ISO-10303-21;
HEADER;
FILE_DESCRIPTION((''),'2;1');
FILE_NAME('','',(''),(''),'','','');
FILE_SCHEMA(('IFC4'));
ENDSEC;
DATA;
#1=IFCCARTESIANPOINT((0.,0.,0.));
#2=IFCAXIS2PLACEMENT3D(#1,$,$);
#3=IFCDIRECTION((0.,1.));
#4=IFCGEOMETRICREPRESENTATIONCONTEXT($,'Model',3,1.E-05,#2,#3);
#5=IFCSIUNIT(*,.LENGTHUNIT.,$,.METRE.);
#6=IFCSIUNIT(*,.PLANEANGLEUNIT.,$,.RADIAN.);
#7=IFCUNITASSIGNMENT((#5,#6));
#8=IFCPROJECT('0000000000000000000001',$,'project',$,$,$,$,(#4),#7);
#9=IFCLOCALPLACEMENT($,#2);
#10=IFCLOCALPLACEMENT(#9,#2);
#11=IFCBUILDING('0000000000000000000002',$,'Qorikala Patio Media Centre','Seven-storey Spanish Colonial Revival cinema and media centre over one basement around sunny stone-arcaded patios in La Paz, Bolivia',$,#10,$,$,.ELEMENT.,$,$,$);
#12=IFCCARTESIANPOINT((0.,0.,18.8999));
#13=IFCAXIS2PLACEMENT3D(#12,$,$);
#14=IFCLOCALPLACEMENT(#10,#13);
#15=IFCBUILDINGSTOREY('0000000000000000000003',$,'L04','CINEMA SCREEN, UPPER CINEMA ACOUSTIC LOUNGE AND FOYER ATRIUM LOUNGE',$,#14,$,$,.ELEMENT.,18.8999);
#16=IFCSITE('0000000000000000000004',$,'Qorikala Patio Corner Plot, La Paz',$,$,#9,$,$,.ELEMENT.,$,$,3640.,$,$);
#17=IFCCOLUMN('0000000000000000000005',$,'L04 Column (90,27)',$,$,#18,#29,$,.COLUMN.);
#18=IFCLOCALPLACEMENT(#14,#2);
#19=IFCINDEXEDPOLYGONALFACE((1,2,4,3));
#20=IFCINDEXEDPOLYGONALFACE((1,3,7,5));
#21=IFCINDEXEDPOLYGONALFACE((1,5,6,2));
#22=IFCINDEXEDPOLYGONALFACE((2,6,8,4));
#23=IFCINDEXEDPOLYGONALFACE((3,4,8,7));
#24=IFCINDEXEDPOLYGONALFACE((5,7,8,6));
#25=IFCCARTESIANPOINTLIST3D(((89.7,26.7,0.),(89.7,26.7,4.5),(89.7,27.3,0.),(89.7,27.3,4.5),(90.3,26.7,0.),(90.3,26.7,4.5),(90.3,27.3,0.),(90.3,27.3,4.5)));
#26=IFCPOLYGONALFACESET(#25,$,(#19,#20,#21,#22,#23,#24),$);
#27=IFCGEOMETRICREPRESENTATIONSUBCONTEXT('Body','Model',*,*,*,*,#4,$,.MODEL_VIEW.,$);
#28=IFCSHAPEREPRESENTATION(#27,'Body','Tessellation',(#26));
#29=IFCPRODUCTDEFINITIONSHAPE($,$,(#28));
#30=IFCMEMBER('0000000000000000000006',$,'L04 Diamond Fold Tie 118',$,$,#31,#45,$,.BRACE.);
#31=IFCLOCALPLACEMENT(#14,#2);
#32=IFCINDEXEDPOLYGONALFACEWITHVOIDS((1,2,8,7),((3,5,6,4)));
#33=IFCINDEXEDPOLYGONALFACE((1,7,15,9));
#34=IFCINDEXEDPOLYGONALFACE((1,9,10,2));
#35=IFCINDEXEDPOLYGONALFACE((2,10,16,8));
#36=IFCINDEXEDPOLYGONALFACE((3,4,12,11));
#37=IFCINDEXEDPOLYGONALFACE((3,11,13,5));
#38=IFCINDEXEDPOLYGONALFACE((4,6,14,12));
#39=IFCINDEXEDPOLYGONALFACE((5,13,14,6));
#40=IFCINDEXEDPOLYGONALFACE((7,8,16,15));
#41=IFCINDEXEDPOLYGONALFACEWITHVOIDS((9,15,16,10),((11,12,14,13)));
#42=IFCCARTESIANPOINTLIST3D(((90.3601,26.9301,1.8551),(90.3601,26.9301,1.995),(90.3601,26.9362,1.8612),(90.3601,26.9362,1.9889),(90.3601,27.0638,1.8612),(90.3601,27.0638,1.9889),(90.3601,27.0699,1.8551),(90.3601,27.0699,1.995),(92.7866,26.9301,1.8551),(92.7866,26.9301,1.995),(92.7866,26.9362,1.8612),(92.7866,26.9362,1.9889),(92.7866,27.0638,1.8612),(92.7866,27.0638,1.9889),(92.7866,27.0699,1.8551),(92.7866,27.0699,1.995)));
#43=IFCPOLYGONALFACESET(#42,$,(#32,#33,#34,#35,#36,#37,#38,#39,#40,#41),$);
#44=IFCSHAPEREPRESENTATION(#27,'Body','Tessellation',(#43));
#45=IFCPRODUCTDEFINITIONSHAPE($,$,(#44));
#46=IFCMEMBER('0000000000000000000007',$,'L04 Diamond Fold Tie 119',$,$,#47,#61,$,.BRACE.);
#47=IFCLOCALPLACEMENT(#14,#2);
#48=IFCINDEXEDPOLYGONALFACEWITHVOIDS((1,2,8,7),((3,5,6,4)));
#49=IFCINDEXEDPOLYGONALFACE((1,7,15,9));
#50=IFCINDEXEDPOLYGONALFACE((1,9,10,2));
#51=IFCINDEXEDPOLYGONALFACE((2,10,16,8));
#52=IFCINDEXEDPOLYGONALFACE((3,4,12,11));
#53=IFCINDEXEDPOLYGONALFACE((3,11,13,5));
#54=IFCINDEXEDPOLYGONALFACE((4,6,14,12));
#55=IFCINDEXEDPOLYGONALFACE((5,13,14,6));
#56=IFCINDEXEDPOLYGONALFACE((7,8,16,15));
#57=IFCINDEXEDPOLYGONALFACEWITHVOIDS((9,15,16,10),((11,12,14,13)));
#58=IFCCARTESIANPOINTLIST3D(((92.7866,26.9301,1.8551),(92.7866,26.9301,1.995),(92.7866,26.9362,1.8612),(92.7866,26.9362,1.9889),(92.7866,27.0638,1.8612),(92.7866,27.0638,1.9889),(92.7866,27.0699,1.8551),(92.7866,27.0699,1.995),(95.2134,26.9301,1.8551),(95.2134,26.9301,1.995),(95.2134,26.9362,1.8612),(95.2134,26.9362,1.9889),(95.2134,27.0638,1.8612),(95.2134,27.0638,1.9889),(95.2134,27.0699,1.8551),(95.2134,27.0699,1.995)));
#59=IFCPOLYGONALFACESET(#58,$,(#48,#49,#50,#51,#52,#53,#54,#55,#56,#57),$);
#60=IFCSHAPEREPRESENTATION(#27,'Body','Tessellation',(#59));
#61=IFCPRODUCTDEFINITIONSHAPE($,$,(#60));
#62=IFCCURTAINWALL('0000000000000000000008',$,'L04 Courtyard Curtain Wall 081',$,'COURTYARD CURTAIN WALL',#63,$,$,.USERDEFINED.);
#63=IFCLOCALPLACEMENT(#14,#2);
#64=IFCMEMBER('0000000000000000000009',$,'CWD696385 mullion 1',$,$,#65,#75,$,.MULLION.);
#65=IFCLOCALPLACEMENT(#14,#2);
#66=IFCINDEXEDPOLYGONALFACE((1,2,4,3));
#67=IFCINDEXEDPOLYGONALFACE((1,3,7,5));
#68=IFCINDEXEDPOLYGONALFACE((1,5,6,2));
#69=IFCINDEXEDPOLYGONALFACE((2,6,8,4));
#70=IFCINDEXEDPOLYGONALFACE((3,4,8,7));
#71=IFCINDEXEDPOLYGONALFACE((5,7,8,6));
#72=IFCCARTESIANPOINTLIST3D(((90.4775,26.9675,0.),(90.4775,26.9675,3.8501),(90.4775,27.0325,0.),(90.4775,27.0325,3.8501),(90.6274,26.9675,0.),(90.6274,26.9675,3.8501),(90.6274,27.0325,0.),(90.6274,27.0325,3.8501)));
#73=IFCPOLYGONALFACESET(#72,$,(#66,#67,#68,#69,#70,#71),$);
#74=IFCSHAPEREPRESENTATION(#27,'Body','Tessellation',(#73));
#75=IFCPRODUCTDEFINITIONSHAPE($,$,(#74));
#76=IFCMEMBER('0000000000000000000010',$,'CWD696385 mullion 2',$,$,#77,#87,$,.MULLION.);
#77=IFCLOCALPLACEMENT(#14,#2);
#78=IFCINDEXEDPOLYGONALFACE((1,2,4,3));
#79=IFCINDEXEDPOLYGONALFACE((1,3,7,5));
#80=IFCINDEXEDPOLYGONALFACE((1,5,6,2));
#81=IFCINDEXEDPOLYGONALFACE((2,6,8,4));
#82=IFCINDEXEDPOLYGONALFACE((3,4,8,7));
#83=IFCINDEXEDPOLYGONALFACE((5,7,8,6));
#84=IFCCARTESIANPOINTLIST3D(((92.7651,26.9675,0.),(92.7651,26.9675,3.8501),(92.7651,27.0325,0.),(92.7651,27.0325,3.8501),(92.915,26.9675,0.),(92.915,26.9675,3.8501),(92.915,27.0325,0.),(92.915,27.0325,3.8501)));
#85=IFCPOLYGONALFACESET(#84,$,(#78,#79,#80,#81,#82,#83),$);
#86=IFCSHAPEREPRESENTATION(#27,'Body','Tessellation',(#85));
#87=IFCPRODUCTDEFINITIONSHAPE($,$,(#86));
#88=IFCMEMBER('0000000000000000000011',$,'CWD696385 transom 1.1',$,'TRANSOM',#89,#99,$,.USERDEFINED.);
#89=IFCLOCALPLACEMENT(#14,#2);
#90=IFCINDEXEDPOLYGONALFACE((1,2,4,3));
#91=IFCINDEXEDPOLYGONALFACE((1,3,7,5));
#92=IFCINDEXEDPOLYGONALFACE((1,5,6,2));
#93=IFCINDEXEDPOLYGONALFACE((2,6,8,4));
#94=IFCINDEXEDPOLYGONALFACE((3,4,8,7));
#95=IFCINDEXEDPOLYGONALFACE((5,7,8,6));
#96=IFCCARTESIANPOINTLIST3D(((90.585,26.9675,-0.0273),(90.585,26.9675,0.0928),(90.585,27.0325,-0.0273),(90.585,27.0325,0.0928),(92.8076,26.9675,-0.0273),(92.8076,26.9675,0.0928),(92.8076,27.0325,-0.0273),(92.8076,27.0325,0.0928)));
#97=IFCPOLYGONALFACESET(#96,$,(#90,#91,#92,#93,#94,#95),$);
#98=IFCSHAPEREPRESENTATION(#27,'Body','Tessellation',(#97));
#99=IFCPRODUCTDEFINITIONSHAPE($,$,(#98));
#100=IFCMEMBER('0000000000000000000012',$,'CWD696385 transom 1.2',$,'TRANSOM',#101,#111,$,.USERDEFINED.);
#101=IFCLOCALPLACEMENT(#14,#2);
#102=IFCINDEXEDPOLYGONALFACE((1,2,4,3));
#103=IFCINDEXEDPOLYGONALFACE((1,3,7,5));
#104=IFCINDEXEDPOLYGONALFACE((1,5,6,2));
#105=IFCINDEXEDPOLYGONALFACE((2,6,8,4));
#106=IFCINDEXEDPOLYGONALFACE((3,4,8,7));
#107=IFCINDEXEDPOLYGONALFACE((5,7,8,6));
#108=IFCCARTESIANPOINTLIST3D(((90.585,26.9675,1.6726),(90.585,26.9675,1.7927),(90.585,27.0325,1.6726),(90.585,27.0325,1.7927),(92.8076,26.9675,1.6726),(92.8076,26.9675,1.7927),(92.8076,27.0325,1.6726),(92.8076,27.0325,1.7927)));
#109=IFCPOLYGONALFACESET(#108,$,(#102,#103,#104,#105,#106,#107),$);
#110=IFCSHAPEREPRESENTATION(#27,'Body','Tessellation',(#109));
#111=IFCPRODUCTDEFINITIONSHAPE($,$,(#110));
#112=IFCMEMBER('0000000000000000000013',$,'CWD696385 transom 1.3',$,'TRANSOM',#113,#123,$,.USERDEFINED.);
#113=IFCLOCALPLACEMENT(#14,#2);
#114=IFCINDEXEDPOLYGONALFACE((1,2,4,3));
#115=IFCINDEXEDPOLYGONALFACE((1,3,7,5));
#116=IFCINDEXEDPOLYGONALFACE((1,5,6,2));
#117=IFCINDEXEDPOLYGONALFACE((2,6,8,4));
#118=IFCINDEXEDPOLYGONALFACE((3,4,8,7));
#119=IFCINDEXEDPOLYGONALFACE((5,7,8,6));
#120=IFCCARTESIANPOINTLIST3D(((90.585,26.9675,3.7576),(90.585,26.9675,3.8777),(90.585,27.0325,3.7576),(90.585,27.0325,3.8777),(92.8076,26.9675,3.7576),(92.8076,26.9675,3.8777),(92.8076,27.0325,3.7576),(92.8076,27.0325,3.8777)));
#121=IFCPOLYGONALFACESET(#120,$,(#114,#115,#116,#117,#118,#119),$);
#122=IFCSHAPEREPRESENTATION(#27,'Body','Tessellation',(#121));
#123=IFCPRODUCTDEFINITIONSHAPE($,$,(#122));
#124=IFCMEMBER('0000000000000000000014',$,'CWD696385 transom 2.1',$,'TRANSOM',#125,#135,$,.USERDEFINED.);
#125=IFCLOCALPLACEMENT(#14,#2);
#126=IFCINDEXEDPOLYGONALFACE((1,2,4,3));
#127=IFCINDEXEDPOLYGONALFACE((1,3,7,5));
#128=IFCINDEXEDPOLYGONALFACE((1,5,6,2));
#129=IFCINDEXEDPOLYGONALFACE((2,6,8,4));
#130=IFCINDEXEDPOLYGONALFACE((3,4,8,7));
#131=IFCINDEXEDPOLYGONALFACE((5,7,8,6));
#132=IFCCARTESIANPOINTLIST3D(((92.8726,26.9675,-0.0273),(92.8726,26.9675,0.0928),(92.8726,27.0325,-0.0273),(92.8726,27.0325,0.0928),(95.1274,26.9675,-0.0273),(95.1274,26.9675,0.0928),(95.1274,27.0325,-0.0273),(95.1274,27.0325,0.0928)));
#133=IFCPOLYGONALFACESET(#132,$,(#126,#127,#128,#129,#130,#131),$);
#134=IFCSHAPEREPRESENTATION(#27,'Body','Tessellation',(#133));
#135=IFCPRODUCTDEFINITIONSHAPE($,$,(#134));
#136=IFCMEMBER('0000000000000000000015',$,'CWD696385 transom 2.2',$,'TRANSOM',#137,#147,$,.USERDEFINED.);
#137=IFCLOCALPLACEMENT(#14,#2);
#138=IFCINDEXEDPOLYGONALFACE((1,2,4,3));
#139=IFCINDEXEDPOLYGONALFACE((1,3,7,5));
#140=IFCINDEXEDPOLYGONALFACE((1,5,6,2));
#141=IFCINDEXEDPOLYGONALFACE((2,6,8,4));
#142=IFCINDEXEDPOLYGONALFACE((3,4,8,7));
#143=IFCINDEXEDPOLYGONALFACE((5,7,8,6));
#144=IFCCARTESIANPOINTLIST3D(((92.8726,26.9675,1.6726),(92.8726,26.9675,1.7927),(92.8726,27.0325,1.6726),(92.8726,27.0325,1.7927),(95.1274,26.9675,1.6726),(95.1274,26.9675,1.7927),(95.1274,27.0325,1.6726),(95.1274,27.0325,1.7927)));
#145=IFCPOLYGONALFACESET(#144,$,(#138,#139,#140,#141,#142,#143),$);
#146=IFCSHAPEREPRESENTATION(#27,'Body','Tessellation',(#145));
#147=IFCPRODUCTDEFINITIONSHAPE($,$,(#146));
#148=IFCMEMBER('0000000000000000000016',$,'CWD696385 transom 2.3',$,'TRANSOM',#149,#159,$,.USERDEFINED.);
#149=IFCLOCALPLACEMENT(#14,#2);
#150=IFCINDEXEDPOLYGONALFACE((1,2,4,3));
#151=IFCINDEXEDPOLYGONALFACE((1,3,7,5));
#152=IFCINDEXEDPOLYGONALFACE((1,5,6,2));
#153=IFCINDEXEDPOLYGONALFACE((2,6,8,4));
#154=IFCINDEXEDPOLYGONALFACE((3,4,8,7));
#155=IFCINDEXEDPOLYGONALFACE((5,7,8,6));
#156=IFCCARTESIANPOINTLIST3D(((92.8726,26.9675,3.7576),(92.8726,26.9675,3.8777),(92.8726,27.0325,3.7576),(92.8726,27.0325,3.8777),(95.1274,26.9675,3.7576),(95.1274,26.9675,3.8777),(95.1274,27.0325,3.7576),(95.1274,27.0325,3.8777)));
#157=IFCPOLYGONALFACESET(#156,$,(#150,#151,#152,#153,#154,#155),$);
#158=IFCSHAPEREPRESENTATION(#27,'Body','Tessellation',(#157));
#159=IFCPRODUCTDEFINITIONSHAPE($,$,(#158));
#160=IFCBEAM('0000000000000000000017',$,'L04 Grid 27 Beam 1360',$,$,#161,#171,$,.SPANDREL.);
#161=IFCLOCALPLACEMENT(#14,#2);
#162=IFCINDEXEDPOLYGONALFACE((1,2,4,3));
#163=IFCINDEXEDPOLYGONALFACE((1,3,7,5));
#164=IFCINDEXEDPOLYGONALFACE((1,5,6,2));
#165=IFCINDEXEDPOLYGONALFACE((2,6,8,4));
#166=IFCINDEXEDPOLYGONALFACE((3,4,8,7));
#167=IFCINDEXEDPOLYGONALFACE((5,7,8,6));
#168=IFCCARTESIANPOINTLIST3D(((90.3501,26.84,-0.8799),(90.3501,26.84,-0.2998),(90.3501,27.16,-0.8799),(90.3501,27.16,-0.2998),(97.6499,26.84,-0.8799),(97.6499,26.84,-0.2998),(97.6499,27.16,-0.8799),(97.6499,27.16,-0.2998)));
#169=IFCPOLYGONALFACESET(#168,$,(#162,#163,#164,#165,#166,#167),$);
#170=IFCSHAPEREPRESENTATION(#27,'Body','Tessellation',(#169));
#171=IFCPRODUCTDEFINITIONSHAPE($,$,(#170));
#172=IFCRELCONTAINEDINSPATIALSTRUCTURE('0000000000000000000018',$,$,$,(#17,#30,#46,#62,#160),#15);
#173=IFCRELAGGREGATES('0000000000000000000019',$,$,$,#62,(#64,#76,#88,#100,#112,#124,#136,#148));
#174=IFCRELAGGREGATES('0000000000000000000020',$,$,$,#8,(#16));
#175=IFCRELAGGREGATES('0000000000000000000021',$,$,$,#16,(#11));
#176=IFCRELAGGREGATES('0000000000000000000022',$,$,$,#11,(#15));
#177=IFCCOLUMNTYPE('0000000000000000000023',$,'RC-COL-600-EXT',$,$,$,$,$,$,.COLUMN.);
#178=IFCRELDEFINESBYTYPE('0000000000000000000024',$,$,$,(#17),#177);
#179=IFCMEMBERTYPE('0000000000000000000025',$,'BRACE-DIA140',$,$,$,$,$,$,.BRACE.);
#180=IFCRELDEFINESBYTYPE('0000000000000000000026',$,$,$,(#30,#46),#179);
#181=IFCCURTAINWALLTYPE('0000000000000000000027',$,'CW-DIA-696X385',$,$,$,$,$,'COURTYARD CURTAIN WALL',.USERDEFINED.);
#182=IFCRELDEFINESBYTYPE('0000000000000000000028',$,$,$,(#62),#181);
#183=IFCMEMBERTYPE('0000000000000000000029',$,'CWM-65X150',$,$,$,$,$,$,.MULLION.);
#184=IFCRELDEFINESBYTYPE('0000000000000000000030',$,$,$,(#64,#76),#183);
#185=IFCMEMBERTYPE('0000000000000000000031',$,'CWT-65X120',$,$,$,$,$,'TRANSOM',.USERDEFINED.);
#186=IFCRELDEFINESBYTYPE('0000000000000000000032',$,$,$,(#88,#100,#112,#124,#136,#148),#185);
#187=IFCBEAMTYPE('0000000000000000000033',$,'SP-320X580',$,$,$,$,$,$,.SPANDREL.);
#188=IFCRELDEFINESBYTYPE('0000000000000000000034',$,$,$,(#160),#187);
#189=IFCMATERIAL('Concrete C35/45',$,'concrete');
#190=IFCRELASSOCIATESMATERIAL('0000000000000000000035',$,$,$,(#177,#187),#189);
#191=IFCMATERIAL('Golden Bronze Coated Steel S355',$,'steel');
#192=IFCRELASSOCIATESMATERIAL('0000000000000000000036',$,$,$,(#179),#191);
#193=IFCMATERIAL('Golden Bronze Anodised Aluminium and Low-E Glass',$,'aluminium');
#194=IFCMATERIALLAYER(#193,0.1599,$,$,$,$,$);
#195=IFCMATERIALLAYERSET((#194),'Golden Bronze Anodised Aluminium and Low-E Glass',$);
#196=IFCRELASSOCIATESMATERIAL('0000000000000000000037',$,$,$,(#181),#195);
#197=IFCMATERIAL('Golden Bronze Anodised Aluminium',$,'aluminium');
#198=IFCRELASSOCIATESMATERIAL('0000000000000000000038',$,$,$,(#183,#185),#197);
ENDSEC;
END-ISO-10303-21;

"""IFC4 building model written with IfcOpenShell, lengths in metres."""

from ifc_helpers import new_model, si_unit, direction, frame, origin, origin_2d, place, context, subcontext, project, spatial, rectangle, hollow_rectangle, extrude, material, layer, layer_set, material_profile, profile_set, type_object, element, aggregate, save


model = new_model("IFC4")

# Units and contexts
model_context = context("Model", 3, precision=1e-05, world=origin(), true_north=direction((0.0, 1.0)))
body_context = subcontext(model_context, "Body", "Model", "MODEL_VIEW")
ifc_project = project(units=[si_unit("LENGTHUNIT", "METRE"), si_unit("PLANEANGLEUNIT", "RADIAN")], contexts=[model_context])

# Site, building, storey
site_placement = place(None, origin())
site = spatial("IfcSite", under=ifc_project, at=site_placement, Name="Qorikala Patio Corner Plot, La Paz", CompositionType="ELEMENT", RefElevation=3640.0)
building_placement = place(site_placement, origin())
building = spatial("IfcBuilding", under=site, at=building_placement, Name="Qorikala Patio Media Centre", Description="Seven-storey Spanish Colonial Revival cinema and media centre over one basement around sunny stone-arcaded patios in La Paz, Bolivia", CompositionType="ELEMENT")
storey_placement = place(building_placement, frame((0.0, 0.0, 18.8999)))
storey = spatial("IfcBuildingStorey", under=building, at=storey_placement, Name="L04", Description="CINEMA SCREEN, UPPER CINEMA ACOUSTIC LOUNGE AND FOYER ATRIUM LOUNGE", CompositionType="ELEMENT", Elevation=18.8999)

# Column
ifc_material_1 = material(Name="Concrete C35/45", Category="concrete")
ifc_material_profile_1 = material_profile(ifc_material_1, rectangle(XDim=0.6001, YDim=0.6001, at=origin_2d()), Name="RC 600x600")
ifc_profile_set_1 = profile_set([ifc_material_profile_1], Name="Concrete C35/45")
column_type = type_object("IfcColumnType", Name="RC-COL-600-EXT", PredefinedType="COLUMN", material=ifc_profile_set_1)
column_placement = place(storey_placement, frame((90.0, 27.0, 0.0), z_axis=(0.0, 0.0, 1.0), x_axis=(1.0, 0.0, 0.0)))
element("IfcColumn", 1, at=column_placement, inside=storey, type_object=column_type, Name="L04 Column (90,27)", PredefinedType="COLUMN", context=body_context, shape_type="SweptSolid", body=[
    extrude(rectangle(XDim=0.6001, YDim=0.6001, at=origin_2d()), origin(), (0.0, 0.0, 1.0), 4.5),
])

# Members
ifc_material_2 = material(Name="Golden Bronze Coated Steel S355", Category="steel")
ifc_material_profile_2 = material_profile(ifc_material_2, hollow_rectangle(XDim=0.1399, YDim=0.1399, WallThickness=0.0061, at=origin_2d()), Name="HSS140X140X6")
ifc_profile_set_2 = profile_set([ifc_material_profile_2], Name="Golden Bronze Coated Steel S355")
member_type_1 = type_object("IfcMemberType", Name="BRACE-DIA140", PredefinedType="BRACE", material=ifc_profile_set_2)
member_1_placement = place(storey_placement, frame((90.3601, 27.0, 1.925), z_axis=(1.0, 0.0, 0.0), x_axis=(0.0, 1.0, 0.0)))
element("IfcMember", 2, at=member_1_placement, inside=storey, type_object=member_type_1, Name="L04 Diamond Fold Tie 118", PredefinedType="BRACE", context=body_context, shape_type="SweptSolid", body=[
    extrude(hollow_rectangle(XDim=0.1399, YDim=0.1399, WallThickness=0.0061, at=origin_2d()), origin(), (0.0, 0.0, 1.0), 2.4265),
])
member_2_placement = place(storey_placement, frame((92.7866, 27.0, 1.925), z_axis=(1.0, 0.0, 0.0), x_axis=(0.0, 1.0, 0.0)))
element("IfcMember", 3, at=member_2_placement, inside=storey, type_object=member_type_1, Name="L04 Diamond Fold Tie 119", PredefinedType="BRACE", context=body_context, shape_type="SweptSolid", body=[
    extrude(hollow_rectangle(XDim=0.1399, YDim=0.1399, WallThickness=0.0061, at=origin_2d()), origin(), (0.0, 0.0, 1.0), 2.4268),
])

# Curtain wall, members
ifc_material_3 = material(Name="Golden Bronze Anodised Aluminium and Low-E Glass", Category="aluminium")
ifc_layer_1 = layer(ifc_material_3, 0.1599)
ifc_layer_set_1 = layer_set([ifc_layer_1], Name="Golden Bronze Anodised Aluminium and Low-E Glass")
curtain_wall_type = type_object("IfcCurtainWallType", Name="CW-DIA-696X385", ElementType="COURTYARD CURTAIN WALL", PredefinedType="USERDEFINED", material=ifc_layer_set_1)
curtain_wall_placement = place(storey_placement, origin())
curtain_wall = element("IfcCurtainWall", 4, at=curtain_wall_placement, inside=storey, type_object=curtain_wall_type, Name="L04 Courtyard Curtain Wall 081", ObjectType="COURTYARD CURTAIN WALL", PredefinedType="USERDEFINED")
ifc_material_4 = material(Name="Golden Bronze Anodised Aluminium", Category="aluminium")
ifc_material_profile_3 = material_profile(ifc_material_4, rectangle(XDim=0.0649, YDim=0.1499, at=origin_2d()), Name="ALU MULLION 65x150")
ifc_profile_set_3 = profile_set([ifc_material_profile_3], Name="Golden Bronze Anodised Aluminium")
member_type_2 = type_object("IfcMemberType", Name="CWM-65X150", PredefinedType="MULLION", material=ifc_profile_set_3)
member_3_placement = place(storey_placement, frame((90.5525, 27.0, 0.0), z_axis=(0.0, 0.0, 1.0), x_axis=(0.0, 1.0, 0.0)))
member_3 = element("IfcMember", 5, at=member_3_placement, type_object=member_type_2, Name="CWD696385 mullion 1", PredefinedType="MULLION", context=body_context, shape_type="SweptSolid", body=[
    extrude(rectangle(XDim=0.0649, YDim=0.1499, at=origin_2d()), origin(), (0.0, 0.0, 1.0), 3.8501),
])
member_4_placement = place(storey_placement, frame((92.8401, 27.0, 0.0), z_axis=(0.0, 0.0, 1.0), x_axis=(0.0, 1.0, 0.0)))
member_4 = element("IfcMember", 6, at=member_4_placement, type_object=member_type_2, Name="CWD696385 mullion 2", PredefinedType="MULLION", context=body_context, shape_type="SweptSolid", body=[
    extrude(rectangle(XDim=0.0649, YDim=0.1499, at=origin_2d()), origin(), (0.0, 0.0, 1.0), 3.8501),
])
ifc_material_profile_4 = material_profile(ifc_material_4, rectangle(XDim=0.0649, YDim=0.1201, at=origin_2d()), Name="ALU TRANSOM 65x120")
ifc_profile_set_4 = profile_set([ifc_material_profile_4], Name="Golden Bronze Anodised Aluminium")
member_type_3 = type_object("IfcMemberType", Name="CWT-65X120", ElementType="TRANSOM", PredefinedType="USERDEFINED", material=ifc_profile_set_4)
member_5_placement = place(storey_placement, frame((90.585, 27.0, 0.0327), z_axis=(1.0, 0.0, 0.0), x_axis=(0.0, 1.0, 0.0)))
member_5 = element("IfcMember", 7, at=member_5_placement, type_object=member_type_3, Name="CWD696385 transom 1.1", ObjectType="TRANSOM", PredefinedType="USERDEFINED", context=body_context, shape_type="SweptSolid", body=[
    extrude(rectangle(XDim=0.0649, YDim=0.1201, at=origin_2d()), origin(), (0.0, 0.0, 1.0), 2.2227),
])
member_6_placement = place(storey_placement, frame((90.585, 27.0, 1.7327), z_axis=(1.0, 0.0, 0.0), x_axis=(0.0, 1.0, 0.0)))
member_6 = element("IfcMember", 8, at=member_6_placement, type_object=member_type_3, Name="CWD696385 transom 1.2", ObjectType="TRANSOM", PredefinedType="USERDEFINED", context=body_context, shape_type="SweptSolid", body=[
    extrude(rectangle(XDim=0.0649, YDim=0.1201, at=origin_2d()), origin(), (0.0, 0.0, 1.0), 2.2227),
])
member_7_placement = place(storey_placement, frame((90.585, 27.0, 3.8176), z_axis=(1.0, 0.0, 0.0), x_axis=(0.0, 1.0, 0.0)))
member_7 = element("IfcMember", 9, at=member_7_placement, type_object=member_type_3, Name="CWD696385 transom 1.3", ObjectType="TRANSOM", PredefinedType="USERDEFINED", context=body_context, shape_type="SweptSolid", body=[
    extrude(rectangle(XDim=0.0649, YDim=0.1201, at=origin_2d()), origin(), (0.0, 0.0, 1.0), 2.2227),
])
member_8_placement = place(storey_placement, frame((92.8726, 27.0, 0.0327), z_axis=(1.0, 0.0, 0.0), x_axis=(0.0, 1.0, 0.0)))
member_8 = element("IfcMember", 10, at=member_8_placement, type_object=member_type_3, Name="CWD696385 transom 2.1", ObjectType="TRANSOM", PredefinedType="USERDEFINED", context=body_context, shape_type="SweptSolid", body=[
    extrude(rectangle(XDim=0.0649, YDim=0.1201, at=origin_2d()), origin(), (0.0, 0.0, 1.0), 2.2549),
])
member_9_placement = place(storey_placement, frame((92.8726, 27.0, 1.7327), z_axis=(1.0, 0.0, 0.0), x_axis=(0.0, 1.0, 0.0)))
member_9 = element("IfcMember", 11, at=member_9_placement, type_object=member_type_3, Name="CWD696385 transom 2.2", ObjectType="TRANSOM", PredefinedType="USERDEFINED", context=body_context, shape_type="SweptSolid", body=[
    extrude(rectangle(XDim=0.0649, YDim=0.1201, at=origin_2d()), origin(), (0.0, 0.0, 1.0), 2.2549),
])
member_10_placement = place(storey_placement, frame((92.8726, 27.0, 3.8176), z_axis=(1.0, 0.0, 0.0), x_axis=(0.0, 1.0, 0.0)))
member_10 = element("IfcMember", 12, at=member_10_placement, type_object=member_type_3, Name="CWD696385 transom 2.3", ObjectType="TRANSOM", PredefinedType="USERDEFINED", context=body_context, shape_type="SweptSolid", body=[
    extrude(rectangle(XDim=0.0649, YDim=0.1201, at=origin_2d()), origin(), (0.0, 0.0, 1.0), 2.2549),
])

# Beam
ifc_material_profile_5 = material_profile(ifc_material_1, rectangle(XDim=0.3201, YDim=0.5801, at=origin_2d()), Name="RC 320x580")
ifc_profile_set_5 = profile_set([ifc_material_profile_5], Name="Concrete C35/45")
beam_type = type_object("IfcBeamType", Name="SP-320X580", PredefinedType="SPANDREL", material=ifc_profile_set_5)
beam_placement = place(storey_placement, frame((90.3501, 27.0, -0.5898), z_axis=(1.0, 0.0, 0.0), x_axis=(0.0, 1.0, 0.0)))
element("IfcBeam", 13, at=beam_placement, inside=storey, type_object=beam_type, Name="L04 Grid 27 Beam 1360", PredefinedType="SPANDREL", context=body_context, shape_type="SweptSolid", body=[
    extrude(rectangle(XDim=0.3201, YDim=0.5801, at=origin_2d()), origin(), (0.0, 0.0, 1.0), 7.2998),
])

aggregate(curtain_wall, [member_3, member_4, member_5, member_6, member_7, member_8, member_9, member_10])

save(model, "model.ifc")
